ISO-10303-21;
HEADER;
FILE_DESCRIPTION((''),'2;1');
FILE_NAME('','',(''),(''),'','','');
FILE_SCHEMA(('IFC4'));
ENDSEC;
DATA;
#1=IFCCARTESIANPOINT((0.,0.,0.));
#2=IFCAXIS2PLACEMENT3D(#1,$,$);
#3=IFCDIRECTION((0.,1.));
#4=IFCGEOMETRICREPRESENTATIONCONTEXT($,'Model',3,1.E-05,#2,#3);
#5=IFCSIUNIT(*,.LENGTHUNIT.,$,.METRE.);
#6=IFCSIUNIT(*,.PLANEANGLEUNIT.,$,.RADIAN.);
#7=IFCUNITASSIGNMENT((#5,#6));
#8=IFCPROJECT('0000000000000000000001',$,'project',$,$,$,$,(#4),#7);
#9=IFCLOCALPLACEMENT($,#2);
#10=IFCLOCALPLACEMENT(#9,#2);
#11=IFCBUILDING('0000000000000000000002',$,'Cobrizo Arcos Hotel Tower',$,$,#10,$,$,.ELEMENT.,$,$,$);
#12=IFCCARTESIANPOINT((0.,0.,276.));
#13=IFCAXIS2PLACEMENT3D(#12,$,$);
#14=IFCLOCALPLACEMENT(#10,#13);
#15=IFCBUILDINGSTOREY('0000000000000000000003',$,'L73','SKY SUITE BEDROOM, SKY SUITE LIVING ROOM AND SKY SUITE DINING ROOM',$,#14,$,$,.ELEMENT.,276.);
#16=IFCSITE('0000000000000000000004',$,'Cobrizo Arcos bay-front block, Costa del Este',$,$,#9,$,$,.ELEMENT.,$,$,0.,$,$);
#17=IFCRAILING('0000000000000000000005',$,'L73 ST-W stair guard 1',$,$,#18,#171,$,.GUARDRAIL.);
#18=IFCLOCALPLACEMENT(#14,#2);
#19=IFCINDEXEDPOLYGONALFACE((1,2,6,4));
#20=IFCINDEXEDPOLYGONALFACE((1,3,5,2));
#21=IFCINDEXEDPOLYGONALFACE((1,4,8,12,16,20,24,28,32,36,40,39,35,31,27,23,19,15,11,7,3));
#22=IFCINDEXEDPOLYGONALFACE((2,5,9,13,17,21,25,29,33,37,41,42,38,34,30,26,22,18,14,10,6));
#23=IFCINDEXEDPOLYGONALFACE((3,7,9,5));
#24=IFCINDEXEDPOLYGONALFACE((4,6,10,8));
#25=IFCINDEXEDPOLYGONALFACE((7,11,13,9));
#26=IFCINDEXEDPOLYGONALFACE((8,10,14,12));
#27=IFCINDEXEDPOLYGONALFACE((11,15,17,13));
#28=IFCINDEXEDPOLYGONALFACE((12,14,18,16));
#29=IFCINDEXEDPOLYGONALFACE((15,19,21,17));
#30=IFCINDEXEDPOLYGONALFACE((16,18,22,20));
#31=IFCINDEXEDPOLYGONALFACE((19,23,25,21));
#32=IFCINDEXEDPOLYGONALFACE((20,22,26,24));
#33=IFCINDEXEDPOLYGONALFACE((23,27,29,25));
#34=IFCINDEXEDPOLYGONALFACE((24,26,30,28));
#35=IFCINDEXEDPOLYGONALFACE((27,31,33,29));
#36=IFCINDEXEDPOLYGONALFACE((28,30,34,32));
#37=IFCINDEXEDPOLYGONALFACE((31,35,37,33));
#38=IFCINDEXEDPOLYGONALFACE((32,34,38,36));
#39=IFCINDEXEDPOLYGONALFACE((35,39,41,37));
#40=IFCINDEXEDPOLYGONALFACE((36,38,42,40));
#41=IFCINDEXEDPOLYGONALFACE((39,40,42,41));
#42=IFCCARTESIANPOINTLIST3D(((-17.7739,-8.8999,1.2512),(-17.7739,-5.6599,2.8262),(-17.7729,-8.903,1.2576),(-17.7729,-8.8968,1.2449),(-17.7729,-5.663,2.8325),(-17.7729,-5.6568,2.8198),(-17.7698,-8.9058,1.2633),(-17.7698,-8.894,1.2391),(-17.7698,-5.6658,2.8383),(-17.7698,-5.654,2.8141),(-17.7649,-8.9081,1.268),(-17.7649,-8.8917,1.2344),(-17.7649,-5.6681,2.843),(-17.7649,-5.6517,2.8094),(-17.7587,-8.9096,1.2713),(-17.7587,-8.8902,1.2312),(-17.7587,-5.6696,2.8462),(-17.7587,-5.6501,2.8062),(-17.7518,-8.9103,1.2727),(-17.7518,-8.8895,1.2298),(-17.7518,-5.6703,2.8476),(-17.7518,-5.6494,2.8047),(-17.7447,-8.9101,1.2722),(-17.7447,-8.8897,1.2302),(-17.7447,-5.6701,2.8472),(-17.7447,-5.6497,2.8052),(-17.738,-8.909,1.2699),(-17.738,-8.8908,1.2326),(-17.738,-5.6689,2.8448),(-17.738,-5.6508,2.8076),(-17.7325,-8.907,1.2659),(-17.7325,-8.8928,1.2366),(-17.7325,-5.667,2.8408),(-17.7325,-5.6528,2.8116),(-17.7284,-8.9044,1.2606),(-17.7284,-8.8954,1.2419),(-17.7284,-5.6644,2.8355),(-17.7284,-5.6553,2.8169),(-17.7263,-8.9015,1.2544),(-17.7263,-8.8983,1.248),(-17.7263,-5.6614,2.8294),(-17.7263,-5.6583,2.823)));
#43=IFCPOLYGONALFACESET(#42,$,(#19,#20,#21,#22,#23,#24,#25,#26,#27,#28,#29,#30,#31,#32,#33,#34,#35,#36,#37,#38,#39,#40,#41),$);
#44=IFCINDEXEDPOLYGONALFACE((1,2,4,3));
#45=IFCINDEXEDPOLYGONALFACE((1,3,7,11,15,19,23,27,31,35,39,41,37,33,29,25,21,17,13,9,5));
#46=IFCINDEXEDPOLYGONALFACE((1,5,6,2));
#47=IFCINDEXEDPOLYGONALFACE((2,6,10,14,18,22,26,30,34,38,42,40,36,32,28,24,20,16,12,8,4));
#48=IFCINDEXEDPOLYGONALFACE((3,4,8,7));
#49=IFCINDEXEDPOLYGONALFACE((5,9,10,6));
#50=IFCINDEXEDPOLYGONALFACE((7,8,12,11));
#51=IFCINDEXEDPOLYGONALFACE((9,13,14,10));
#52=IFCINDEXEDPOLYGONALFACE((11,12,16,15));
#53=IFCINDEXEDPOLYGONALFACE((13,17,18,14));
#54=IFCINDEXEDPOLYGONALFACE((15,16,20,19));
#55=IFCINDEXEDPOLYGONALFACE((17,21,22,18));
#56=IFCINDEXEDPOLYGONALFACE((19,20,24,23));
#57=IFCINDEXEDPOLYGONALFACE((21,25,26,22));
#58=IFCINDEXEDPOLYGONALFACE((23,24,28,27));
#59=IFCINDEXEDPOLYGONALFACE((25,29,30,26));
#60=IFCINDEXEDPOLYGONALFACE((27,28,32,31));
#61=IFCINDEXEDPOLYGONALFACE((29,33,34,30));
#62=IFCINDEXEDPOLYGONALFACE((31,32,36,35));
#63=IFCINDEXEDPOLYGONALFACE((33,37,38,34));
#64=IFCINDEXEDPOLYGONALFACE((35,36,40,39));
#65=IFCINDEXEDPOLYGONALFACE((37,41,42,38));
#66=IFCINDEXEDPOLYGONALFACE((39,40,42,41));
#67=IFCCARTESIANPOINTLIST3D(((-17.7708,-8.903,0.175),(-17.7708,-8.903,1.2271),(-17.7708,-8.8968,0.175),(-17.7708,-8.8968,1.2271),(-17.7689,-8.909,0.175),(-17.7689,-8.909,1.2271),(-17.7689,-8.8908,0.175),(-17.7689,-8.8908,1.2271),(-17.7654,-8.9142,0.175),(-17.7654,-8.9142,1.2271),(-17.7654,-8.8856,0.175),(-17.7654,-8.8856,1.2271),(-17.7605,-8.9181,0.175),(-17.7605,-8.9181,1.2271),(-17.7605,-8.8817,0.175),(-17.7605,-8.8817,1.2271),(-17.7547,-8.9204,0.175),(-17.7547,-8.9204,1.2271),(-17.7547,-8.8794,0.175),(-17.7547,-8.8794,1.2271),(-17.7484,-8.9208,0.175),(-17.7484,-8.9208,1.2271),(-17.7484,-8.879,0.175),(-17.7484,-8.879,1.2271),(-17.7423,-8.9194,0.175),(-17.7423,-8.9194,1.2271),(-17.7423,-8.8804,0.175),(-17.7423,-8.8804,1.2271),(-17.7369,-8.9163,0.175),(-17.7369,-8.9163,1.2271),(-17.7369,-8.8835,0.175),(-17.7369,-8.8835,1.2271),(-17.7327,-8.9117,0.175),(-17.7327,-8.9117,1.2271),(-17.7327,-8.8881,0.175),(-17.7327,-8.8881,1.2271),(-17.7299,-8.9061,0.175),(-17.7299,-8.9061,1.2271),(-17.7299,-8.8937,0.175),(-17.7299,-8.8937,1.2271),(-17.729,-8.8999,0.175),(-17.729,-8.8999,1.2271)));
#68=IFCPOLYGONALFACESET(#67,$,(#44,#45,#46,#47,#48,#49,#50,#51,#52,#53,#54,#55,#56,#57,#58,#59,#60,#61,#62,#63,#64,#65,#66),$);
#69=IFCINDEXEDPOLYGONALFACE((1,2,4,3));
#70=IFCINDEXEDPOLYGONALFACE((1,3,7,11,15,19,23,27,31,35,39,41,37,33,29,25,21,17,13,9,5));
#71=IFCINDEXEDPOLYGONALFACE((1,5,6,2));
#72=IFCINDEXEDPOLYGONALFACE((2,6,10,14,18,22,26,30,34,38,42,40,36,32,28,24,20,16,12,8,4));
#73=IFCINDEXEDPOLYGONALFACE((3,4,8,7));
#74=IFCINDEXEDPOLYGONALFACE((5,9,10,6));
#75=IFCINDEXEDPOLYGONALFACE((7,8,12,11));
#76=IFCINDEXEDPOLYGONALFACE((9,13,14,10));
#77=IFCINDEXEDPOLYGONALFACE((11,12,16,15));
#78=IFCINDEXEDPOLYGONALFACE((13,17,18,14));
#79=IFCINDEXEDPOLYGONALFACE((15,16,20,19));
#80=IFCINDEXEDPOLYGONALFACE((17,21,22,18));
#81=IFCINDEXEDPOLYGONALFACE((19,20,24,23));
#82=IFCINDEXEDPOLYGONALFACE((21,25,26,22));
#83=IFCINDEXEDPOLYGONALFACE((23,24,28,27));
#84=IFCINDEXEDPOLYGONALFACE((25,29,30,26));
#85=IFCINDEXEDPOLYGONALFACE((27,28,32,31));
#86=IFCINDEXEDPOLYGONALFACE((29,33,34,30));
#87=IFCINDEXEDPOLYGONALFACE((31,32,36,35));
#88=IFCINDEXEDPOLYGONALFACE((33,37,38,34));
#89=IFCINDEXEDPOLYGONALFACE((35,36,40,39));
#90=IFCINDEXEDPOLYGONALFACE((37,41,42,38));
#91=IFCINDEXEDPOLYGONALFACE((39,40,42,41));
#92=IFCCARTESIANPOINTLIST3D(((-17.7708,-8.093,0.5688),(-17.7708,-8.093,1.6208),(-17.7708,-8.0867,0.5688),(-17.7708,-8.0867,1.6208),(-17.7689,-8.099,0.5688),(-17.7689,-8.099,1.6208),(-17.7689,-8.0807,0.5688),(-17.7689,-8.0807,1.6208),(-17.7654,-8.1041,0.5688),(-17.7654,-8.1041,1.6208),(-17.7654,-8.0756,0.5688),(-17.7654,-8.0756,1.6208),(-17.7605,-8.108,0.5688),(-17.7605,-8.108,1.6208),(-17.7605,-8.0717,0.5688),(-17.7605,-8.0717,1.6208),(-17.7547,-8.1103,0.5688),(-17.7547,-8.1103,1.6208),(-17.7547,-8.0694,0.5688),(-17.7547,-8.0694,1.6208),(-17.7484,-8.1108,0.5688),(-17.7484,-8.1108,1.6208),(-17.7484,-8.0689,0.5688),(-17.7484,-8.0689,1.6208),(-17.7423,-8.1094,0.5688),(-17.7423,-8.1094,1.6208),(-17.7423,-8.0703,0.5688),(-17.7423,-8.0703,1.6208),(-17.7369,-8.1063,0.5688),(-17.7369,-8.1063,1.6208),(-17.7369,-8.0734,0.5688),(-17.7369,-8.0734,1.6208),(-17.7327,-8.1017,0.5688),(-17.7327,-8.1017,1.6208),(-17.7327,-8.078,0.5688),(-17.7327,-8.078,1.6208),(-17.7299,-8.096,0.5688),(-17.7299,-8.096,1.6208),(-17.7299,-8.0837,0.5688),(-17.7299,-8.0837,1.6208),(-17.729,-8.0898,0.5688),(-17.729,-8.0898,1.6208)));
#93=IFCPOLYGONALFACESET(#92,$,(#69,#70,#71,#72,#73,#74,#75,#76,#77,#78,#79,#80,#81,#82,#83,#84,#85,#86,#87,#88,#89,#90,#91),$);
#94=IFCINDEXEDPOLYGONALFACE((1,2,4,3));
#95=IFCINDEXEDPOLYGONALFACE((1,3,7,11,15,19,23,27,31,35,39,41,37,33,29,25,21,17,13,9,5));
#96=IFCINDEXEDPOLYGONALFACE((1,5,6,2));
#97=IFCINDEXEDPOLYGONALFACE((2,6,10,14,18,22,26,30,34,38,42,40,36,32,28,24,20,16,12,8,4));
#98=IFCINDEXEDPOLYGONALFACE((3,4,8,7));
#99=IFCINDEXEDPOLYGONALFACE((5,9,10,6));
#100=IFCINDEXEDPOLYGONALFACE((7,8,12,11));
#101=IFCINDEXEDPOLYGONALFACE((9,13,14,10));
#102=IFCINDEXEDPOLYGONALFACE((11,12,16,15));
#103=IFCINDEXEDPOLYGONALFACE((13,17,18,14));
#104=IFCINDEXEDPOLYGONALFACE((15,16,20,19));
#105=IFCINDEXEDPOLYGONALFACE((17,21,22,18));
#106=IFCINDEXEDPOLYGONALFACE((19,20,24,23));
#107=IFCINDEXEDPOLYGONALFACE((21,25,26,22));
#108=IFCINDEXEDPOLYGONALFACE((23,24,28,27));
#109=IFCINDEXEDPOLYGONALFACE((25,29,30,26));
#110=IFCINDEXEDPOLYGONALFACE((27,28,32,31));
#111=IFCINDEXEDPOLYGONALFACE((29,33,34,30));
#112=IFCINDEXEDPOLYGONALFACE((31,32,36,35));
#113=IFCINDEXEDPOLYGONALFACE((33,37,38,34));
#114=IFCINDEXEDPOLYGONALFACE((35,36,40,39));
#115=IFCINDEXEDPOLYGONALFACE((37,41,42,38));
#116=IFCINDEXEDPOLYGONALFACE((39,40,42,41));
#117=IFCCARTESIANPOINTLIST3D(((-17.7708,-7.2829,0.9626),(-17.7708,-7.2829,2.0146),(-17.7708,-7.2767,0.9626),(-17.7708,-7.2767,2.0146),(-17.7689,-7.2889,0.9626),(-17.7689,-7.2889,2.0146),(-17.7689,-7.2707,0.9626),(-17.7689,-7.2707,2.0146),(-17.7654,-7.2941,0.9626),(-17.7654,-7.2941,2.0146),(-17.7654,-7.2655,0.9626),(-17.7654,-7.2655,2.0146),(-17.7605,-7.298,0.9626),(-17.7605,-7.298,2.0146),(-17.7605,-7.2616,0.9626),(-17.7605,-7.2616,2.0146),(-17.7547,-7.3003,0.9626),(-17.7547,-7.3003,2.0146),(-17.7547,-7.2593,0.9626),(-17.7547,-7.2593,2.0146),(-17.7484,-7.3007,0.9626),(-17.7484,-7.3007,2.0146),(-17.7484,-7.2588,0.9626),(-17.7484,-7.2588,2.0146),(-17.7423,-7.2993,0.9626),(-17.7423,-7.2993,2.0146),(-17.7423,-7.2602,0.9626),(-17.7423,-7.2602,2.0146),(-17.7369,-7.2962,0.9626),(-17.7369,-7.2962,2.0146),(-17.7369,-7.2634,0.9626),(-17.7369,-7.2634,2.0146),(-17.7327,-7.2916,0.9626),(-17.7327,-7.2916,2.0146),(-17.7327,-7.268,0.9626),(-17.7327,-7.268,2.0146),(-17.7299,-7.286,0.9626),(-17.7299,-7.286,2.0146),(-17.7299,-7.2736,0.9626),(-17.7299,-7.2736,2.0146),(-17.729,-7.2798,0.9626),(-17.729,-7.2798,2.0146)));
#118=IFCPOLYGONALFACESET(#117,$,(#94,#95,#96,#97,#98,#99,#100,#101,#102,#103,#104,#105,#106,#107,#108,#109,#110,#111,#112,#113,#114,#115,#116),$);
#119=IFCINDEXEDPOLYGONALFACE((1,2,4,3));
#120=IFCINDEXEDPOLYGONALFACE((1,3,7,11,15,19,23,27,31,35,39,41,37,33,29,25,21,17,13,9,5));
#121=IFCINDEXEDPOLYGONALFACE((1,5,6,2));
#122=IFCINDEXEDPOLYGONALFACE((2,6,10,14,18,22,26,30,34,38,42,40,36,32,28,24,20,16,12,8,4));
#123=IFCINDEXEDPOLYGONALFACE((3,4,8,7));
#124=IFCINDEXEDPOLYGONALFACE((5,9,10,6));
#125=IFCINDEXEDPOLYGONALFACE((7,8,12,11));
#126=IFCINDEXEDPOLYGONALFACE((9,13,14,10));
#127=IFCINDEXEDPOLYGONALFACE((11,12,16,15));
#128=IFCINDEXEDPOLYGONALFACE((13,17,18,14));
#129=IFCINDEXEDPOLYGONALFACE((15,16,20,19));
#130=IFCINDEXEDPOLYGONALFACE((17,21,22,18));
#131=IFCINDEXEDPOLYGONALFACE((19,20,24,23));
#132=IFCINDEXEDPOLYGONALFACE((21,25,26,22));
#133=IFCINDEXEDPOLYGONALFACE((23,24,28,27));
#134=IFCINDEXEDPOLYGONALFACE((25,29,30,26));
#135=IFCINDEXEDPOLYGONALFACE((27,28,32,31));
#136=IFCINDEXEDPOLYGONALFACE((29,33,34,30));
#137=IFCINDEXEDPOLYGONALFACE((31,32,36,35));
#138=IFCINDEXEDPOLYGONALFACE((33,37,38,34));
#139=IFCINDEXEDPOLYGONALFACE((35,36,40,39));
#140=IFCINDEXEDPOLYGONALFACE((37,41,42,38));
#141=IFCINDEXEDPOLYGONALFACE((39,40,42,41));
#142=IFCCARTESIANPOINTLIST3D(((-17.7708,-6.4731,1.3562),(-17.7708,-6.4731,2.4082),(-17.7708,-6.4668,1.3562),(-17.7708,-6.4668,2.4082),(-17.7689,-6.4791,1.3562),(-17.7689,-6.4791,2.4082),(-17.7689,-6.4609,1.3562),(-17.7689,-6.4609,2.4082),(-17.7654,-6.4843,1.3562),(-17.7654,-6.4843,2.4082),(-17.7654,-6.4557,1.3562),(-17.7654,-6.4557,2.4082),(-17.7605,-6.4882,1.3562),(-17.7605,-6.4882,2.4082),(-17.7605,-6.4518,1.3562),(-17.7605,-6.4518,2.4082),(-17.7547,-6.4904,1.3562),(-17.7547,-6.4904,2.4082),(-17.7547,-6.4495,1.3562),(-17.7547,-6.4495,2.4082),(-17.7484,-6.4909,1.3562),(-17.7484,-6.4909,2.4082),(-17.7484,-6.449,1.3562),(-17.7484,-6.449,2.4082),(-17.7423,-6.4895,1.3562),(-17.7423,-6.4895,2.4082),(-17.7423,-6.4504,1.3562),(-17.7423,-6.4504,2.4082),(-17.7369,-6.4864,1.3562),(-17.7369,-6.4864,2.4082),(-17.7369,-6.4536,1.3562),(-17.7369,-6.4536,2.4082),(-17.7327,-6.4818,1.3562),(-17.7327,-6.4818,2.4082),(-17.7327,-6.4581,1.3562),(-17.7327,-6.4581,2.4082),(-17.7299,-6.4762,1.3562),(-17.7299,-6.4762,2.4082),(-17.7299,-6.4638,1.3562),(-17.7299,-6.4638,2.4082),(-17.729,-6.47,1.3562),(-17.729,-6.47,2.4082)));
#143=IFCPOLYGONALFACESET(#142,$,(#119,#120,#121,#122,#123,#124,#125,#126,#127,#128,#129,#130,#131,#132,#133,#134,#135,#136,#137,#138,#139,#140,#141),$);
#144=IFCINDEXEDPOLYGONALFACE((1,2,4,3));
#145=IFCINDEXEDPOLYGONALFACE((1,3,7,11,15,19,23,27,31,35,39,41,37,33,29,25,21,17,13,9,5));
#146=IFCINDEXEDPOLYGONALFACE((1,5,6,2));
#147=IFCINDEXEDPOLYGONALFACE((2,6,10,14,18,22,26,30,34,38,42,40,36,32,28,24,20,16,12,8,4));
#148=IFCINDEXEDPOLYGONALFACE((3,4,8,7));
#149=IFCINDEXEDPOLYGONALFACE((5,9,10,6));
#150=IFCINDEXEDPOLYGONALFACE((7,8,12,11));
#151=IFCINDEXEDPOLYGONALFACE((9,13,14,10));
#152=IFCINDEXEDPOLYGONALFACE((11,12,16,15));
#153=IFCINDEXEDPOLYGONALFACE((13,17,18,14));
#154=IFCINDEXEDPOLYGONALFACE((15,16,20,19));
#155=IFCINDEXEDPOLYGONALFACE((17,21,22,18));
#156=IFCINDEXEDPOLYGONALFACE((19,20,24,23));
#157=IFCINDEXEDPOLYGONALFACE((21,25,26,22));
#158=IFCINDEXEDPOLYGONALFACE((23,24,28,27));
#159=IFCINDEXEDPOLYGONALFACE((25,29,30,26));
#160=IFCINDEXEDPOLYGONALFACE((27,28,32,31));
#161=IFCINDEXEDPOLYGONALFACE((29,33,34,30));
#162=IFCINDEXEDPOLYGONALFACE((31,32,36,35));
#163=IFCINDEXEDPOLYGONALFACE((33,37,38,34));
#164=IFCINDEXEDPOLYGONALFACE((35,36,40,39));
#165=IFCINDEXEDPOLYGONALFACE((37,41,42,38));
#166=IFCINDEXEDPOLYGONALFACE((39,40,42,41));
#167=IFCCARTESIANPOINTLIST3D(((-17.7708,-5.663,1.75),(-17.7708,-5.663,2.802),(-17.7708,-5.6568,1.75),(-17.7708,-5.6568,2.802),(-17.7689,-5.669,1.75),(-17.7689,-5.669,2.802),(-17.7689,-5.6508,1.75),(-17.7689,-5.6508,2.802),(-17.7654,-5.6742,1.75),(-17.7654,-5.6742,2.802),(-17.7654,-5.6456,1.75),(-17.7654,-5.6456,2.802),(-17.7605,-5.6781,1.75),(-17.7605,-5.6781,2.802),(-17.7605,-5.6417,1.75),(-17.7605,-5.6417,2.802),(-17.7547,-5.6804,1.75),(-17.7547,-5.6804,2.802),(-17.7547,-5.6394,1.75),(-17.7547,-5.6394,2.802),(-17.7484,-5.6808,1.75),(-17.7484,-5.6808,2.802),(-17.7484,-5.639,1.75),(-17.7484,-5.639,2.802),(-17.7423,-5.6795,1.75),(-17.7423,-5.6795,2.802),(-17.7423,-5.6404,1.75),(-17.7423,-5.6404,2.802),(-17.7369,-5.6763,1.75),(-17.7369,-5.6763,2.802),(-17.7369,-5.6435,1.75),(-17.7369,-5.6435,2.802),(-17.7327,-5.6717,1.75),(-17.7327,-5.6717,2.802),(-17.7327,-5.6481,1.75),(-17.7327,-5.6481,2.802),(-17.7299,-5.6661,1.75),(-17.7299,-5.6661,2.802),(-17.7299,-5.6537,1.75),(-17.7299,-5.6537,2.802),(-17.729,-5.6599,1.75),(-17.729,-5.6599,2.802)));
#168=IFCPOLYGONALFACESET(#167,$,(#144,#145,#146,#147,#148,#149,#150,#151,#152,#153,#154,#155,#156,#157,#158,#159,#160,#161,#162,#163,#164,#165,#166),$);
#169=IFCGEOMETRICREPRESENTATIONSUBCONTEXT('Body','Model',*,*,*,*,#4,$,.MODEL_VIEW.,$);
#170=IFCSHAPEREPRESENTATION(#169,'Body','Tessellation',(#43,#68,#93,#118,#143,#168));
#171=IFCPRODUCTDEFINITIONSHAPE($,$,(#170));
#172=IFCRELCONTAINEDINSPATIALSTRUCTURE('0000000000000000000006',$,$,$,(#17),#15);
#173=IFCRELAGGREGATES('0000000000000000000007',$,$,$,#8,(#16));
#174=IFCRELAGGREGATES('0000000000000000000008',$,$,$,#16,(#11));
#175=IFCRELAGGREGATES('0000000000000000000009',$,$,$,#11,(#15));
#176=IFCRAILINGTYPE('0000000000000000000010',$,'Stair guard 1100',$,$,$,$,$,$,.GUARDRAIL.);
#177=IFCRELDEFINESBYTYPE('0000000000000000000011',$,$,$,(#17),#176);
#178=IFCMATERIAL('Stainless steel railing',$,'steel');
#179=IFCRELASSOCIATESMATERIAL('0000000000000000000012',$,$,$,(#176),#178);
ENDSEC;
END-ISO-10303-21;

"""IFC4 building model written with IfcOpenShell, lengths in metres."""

from ifc_helpers import new_model, si_unit, direction, frame, origin, origin_2d, place, context, subcontext, project, spatial, circle, extrude, material, type_object, element, save


model = new_model("IFC4")

# Units and contexts
model_context = context("Model", 3, precision=1e-05, world=origin(), true_north=direction((0.0, 1.0)))
body_context = subcontext(model_context, "Body", "Model", "MODEL_VIEW")
ifc_project = project(units=[si_unit("LENGTHUNIT", "METRE"), si_unit("PLANEANGLEUNIT", "RADIAN")], contexts=[model_context])

# Site, building, storey
site_placement = place(None, origin())
site = spatial("IfcSite", under=ifc_project, at=site_placement, Name="Cobrizo Arcos bay-front block, Costa del Este", CompositionType="ELEMENT", RefElevation=0.0)
building_placement = place(site_placement, origin())
building = spatial("IfcBuilding", under=site, at=building_placement, Name="Cobrizo Arcos Hotel Tower", CompositionType="ELEMENT")
storey_placement = place(building_placement, frame((0.0, 0.0, 276.0)))
storey = spatial("IfcBuildingStorey", under=building, at=storey_placement, Name="L73", Description="SKY SUITE BEDROOM, SKY SUITE LIVING ROOM AND SKY SUITE DINING ROOM", CompositionType="ELEMENT", Elevation=276.0)

# Railing
ifc_material_1 = material(Name="Stainless steel railing", Category="steel")
railing_type_1 = type_object("IfcRailingType", Name="Stair guard 1100", PredefinedType="GUARDRAIL", material=ifc_material_1)
railing_1_placement = place(storey_placement, frame((-17.75, -8.8999, 0.175)))
element("IfcRailing", 1, at=railing_1_placement, inside=storey, type_object=railing_type_1, Name="L73 ST-W stair guard 1", PredefinedType="GUARDRAIL", context=body_context, shape_type="SweptSolid", body=[
    extrude(circle(Radius=0.0239, at=origin_2d()), frame((0.0, 0.0, 1.0762), z_axis=(0.0, 0.899373, 0.437183), x_axis=(-1.0, 0.0, 0.0)), (0.0, 0.0, 1.0), 3.6025),
    extrude(circle(Radius=0.021, at=origin_2d()), origin(), (0.0, 0.0, 1.0), 1.052),
    extrude(circle(Radius=0.021, at=origin_2d()), frame((0.0, 0.8101, 0.3938)), (0.0, 0.0, 1.0), 1.052),
    extrude(circle(Radius=0.021, at=origin_2d()), frame((0.0, 1.6201, 0.7876)), (0.0, 0.0, 1.0), 1.052),
    extrude(circle(Radius=0.021, at=origin_2d()), frame((0.0, 2.4299, 1.1812)), (0.0, 0.0, 1.0), 1.052),
    extrude(circle(Radius=0.021, at=origin_2d()), frame((0.0, 3.24, 1.575)), (0.0, 0.0, 1.0), 1.052),
])

save(model, "model.ifc")
